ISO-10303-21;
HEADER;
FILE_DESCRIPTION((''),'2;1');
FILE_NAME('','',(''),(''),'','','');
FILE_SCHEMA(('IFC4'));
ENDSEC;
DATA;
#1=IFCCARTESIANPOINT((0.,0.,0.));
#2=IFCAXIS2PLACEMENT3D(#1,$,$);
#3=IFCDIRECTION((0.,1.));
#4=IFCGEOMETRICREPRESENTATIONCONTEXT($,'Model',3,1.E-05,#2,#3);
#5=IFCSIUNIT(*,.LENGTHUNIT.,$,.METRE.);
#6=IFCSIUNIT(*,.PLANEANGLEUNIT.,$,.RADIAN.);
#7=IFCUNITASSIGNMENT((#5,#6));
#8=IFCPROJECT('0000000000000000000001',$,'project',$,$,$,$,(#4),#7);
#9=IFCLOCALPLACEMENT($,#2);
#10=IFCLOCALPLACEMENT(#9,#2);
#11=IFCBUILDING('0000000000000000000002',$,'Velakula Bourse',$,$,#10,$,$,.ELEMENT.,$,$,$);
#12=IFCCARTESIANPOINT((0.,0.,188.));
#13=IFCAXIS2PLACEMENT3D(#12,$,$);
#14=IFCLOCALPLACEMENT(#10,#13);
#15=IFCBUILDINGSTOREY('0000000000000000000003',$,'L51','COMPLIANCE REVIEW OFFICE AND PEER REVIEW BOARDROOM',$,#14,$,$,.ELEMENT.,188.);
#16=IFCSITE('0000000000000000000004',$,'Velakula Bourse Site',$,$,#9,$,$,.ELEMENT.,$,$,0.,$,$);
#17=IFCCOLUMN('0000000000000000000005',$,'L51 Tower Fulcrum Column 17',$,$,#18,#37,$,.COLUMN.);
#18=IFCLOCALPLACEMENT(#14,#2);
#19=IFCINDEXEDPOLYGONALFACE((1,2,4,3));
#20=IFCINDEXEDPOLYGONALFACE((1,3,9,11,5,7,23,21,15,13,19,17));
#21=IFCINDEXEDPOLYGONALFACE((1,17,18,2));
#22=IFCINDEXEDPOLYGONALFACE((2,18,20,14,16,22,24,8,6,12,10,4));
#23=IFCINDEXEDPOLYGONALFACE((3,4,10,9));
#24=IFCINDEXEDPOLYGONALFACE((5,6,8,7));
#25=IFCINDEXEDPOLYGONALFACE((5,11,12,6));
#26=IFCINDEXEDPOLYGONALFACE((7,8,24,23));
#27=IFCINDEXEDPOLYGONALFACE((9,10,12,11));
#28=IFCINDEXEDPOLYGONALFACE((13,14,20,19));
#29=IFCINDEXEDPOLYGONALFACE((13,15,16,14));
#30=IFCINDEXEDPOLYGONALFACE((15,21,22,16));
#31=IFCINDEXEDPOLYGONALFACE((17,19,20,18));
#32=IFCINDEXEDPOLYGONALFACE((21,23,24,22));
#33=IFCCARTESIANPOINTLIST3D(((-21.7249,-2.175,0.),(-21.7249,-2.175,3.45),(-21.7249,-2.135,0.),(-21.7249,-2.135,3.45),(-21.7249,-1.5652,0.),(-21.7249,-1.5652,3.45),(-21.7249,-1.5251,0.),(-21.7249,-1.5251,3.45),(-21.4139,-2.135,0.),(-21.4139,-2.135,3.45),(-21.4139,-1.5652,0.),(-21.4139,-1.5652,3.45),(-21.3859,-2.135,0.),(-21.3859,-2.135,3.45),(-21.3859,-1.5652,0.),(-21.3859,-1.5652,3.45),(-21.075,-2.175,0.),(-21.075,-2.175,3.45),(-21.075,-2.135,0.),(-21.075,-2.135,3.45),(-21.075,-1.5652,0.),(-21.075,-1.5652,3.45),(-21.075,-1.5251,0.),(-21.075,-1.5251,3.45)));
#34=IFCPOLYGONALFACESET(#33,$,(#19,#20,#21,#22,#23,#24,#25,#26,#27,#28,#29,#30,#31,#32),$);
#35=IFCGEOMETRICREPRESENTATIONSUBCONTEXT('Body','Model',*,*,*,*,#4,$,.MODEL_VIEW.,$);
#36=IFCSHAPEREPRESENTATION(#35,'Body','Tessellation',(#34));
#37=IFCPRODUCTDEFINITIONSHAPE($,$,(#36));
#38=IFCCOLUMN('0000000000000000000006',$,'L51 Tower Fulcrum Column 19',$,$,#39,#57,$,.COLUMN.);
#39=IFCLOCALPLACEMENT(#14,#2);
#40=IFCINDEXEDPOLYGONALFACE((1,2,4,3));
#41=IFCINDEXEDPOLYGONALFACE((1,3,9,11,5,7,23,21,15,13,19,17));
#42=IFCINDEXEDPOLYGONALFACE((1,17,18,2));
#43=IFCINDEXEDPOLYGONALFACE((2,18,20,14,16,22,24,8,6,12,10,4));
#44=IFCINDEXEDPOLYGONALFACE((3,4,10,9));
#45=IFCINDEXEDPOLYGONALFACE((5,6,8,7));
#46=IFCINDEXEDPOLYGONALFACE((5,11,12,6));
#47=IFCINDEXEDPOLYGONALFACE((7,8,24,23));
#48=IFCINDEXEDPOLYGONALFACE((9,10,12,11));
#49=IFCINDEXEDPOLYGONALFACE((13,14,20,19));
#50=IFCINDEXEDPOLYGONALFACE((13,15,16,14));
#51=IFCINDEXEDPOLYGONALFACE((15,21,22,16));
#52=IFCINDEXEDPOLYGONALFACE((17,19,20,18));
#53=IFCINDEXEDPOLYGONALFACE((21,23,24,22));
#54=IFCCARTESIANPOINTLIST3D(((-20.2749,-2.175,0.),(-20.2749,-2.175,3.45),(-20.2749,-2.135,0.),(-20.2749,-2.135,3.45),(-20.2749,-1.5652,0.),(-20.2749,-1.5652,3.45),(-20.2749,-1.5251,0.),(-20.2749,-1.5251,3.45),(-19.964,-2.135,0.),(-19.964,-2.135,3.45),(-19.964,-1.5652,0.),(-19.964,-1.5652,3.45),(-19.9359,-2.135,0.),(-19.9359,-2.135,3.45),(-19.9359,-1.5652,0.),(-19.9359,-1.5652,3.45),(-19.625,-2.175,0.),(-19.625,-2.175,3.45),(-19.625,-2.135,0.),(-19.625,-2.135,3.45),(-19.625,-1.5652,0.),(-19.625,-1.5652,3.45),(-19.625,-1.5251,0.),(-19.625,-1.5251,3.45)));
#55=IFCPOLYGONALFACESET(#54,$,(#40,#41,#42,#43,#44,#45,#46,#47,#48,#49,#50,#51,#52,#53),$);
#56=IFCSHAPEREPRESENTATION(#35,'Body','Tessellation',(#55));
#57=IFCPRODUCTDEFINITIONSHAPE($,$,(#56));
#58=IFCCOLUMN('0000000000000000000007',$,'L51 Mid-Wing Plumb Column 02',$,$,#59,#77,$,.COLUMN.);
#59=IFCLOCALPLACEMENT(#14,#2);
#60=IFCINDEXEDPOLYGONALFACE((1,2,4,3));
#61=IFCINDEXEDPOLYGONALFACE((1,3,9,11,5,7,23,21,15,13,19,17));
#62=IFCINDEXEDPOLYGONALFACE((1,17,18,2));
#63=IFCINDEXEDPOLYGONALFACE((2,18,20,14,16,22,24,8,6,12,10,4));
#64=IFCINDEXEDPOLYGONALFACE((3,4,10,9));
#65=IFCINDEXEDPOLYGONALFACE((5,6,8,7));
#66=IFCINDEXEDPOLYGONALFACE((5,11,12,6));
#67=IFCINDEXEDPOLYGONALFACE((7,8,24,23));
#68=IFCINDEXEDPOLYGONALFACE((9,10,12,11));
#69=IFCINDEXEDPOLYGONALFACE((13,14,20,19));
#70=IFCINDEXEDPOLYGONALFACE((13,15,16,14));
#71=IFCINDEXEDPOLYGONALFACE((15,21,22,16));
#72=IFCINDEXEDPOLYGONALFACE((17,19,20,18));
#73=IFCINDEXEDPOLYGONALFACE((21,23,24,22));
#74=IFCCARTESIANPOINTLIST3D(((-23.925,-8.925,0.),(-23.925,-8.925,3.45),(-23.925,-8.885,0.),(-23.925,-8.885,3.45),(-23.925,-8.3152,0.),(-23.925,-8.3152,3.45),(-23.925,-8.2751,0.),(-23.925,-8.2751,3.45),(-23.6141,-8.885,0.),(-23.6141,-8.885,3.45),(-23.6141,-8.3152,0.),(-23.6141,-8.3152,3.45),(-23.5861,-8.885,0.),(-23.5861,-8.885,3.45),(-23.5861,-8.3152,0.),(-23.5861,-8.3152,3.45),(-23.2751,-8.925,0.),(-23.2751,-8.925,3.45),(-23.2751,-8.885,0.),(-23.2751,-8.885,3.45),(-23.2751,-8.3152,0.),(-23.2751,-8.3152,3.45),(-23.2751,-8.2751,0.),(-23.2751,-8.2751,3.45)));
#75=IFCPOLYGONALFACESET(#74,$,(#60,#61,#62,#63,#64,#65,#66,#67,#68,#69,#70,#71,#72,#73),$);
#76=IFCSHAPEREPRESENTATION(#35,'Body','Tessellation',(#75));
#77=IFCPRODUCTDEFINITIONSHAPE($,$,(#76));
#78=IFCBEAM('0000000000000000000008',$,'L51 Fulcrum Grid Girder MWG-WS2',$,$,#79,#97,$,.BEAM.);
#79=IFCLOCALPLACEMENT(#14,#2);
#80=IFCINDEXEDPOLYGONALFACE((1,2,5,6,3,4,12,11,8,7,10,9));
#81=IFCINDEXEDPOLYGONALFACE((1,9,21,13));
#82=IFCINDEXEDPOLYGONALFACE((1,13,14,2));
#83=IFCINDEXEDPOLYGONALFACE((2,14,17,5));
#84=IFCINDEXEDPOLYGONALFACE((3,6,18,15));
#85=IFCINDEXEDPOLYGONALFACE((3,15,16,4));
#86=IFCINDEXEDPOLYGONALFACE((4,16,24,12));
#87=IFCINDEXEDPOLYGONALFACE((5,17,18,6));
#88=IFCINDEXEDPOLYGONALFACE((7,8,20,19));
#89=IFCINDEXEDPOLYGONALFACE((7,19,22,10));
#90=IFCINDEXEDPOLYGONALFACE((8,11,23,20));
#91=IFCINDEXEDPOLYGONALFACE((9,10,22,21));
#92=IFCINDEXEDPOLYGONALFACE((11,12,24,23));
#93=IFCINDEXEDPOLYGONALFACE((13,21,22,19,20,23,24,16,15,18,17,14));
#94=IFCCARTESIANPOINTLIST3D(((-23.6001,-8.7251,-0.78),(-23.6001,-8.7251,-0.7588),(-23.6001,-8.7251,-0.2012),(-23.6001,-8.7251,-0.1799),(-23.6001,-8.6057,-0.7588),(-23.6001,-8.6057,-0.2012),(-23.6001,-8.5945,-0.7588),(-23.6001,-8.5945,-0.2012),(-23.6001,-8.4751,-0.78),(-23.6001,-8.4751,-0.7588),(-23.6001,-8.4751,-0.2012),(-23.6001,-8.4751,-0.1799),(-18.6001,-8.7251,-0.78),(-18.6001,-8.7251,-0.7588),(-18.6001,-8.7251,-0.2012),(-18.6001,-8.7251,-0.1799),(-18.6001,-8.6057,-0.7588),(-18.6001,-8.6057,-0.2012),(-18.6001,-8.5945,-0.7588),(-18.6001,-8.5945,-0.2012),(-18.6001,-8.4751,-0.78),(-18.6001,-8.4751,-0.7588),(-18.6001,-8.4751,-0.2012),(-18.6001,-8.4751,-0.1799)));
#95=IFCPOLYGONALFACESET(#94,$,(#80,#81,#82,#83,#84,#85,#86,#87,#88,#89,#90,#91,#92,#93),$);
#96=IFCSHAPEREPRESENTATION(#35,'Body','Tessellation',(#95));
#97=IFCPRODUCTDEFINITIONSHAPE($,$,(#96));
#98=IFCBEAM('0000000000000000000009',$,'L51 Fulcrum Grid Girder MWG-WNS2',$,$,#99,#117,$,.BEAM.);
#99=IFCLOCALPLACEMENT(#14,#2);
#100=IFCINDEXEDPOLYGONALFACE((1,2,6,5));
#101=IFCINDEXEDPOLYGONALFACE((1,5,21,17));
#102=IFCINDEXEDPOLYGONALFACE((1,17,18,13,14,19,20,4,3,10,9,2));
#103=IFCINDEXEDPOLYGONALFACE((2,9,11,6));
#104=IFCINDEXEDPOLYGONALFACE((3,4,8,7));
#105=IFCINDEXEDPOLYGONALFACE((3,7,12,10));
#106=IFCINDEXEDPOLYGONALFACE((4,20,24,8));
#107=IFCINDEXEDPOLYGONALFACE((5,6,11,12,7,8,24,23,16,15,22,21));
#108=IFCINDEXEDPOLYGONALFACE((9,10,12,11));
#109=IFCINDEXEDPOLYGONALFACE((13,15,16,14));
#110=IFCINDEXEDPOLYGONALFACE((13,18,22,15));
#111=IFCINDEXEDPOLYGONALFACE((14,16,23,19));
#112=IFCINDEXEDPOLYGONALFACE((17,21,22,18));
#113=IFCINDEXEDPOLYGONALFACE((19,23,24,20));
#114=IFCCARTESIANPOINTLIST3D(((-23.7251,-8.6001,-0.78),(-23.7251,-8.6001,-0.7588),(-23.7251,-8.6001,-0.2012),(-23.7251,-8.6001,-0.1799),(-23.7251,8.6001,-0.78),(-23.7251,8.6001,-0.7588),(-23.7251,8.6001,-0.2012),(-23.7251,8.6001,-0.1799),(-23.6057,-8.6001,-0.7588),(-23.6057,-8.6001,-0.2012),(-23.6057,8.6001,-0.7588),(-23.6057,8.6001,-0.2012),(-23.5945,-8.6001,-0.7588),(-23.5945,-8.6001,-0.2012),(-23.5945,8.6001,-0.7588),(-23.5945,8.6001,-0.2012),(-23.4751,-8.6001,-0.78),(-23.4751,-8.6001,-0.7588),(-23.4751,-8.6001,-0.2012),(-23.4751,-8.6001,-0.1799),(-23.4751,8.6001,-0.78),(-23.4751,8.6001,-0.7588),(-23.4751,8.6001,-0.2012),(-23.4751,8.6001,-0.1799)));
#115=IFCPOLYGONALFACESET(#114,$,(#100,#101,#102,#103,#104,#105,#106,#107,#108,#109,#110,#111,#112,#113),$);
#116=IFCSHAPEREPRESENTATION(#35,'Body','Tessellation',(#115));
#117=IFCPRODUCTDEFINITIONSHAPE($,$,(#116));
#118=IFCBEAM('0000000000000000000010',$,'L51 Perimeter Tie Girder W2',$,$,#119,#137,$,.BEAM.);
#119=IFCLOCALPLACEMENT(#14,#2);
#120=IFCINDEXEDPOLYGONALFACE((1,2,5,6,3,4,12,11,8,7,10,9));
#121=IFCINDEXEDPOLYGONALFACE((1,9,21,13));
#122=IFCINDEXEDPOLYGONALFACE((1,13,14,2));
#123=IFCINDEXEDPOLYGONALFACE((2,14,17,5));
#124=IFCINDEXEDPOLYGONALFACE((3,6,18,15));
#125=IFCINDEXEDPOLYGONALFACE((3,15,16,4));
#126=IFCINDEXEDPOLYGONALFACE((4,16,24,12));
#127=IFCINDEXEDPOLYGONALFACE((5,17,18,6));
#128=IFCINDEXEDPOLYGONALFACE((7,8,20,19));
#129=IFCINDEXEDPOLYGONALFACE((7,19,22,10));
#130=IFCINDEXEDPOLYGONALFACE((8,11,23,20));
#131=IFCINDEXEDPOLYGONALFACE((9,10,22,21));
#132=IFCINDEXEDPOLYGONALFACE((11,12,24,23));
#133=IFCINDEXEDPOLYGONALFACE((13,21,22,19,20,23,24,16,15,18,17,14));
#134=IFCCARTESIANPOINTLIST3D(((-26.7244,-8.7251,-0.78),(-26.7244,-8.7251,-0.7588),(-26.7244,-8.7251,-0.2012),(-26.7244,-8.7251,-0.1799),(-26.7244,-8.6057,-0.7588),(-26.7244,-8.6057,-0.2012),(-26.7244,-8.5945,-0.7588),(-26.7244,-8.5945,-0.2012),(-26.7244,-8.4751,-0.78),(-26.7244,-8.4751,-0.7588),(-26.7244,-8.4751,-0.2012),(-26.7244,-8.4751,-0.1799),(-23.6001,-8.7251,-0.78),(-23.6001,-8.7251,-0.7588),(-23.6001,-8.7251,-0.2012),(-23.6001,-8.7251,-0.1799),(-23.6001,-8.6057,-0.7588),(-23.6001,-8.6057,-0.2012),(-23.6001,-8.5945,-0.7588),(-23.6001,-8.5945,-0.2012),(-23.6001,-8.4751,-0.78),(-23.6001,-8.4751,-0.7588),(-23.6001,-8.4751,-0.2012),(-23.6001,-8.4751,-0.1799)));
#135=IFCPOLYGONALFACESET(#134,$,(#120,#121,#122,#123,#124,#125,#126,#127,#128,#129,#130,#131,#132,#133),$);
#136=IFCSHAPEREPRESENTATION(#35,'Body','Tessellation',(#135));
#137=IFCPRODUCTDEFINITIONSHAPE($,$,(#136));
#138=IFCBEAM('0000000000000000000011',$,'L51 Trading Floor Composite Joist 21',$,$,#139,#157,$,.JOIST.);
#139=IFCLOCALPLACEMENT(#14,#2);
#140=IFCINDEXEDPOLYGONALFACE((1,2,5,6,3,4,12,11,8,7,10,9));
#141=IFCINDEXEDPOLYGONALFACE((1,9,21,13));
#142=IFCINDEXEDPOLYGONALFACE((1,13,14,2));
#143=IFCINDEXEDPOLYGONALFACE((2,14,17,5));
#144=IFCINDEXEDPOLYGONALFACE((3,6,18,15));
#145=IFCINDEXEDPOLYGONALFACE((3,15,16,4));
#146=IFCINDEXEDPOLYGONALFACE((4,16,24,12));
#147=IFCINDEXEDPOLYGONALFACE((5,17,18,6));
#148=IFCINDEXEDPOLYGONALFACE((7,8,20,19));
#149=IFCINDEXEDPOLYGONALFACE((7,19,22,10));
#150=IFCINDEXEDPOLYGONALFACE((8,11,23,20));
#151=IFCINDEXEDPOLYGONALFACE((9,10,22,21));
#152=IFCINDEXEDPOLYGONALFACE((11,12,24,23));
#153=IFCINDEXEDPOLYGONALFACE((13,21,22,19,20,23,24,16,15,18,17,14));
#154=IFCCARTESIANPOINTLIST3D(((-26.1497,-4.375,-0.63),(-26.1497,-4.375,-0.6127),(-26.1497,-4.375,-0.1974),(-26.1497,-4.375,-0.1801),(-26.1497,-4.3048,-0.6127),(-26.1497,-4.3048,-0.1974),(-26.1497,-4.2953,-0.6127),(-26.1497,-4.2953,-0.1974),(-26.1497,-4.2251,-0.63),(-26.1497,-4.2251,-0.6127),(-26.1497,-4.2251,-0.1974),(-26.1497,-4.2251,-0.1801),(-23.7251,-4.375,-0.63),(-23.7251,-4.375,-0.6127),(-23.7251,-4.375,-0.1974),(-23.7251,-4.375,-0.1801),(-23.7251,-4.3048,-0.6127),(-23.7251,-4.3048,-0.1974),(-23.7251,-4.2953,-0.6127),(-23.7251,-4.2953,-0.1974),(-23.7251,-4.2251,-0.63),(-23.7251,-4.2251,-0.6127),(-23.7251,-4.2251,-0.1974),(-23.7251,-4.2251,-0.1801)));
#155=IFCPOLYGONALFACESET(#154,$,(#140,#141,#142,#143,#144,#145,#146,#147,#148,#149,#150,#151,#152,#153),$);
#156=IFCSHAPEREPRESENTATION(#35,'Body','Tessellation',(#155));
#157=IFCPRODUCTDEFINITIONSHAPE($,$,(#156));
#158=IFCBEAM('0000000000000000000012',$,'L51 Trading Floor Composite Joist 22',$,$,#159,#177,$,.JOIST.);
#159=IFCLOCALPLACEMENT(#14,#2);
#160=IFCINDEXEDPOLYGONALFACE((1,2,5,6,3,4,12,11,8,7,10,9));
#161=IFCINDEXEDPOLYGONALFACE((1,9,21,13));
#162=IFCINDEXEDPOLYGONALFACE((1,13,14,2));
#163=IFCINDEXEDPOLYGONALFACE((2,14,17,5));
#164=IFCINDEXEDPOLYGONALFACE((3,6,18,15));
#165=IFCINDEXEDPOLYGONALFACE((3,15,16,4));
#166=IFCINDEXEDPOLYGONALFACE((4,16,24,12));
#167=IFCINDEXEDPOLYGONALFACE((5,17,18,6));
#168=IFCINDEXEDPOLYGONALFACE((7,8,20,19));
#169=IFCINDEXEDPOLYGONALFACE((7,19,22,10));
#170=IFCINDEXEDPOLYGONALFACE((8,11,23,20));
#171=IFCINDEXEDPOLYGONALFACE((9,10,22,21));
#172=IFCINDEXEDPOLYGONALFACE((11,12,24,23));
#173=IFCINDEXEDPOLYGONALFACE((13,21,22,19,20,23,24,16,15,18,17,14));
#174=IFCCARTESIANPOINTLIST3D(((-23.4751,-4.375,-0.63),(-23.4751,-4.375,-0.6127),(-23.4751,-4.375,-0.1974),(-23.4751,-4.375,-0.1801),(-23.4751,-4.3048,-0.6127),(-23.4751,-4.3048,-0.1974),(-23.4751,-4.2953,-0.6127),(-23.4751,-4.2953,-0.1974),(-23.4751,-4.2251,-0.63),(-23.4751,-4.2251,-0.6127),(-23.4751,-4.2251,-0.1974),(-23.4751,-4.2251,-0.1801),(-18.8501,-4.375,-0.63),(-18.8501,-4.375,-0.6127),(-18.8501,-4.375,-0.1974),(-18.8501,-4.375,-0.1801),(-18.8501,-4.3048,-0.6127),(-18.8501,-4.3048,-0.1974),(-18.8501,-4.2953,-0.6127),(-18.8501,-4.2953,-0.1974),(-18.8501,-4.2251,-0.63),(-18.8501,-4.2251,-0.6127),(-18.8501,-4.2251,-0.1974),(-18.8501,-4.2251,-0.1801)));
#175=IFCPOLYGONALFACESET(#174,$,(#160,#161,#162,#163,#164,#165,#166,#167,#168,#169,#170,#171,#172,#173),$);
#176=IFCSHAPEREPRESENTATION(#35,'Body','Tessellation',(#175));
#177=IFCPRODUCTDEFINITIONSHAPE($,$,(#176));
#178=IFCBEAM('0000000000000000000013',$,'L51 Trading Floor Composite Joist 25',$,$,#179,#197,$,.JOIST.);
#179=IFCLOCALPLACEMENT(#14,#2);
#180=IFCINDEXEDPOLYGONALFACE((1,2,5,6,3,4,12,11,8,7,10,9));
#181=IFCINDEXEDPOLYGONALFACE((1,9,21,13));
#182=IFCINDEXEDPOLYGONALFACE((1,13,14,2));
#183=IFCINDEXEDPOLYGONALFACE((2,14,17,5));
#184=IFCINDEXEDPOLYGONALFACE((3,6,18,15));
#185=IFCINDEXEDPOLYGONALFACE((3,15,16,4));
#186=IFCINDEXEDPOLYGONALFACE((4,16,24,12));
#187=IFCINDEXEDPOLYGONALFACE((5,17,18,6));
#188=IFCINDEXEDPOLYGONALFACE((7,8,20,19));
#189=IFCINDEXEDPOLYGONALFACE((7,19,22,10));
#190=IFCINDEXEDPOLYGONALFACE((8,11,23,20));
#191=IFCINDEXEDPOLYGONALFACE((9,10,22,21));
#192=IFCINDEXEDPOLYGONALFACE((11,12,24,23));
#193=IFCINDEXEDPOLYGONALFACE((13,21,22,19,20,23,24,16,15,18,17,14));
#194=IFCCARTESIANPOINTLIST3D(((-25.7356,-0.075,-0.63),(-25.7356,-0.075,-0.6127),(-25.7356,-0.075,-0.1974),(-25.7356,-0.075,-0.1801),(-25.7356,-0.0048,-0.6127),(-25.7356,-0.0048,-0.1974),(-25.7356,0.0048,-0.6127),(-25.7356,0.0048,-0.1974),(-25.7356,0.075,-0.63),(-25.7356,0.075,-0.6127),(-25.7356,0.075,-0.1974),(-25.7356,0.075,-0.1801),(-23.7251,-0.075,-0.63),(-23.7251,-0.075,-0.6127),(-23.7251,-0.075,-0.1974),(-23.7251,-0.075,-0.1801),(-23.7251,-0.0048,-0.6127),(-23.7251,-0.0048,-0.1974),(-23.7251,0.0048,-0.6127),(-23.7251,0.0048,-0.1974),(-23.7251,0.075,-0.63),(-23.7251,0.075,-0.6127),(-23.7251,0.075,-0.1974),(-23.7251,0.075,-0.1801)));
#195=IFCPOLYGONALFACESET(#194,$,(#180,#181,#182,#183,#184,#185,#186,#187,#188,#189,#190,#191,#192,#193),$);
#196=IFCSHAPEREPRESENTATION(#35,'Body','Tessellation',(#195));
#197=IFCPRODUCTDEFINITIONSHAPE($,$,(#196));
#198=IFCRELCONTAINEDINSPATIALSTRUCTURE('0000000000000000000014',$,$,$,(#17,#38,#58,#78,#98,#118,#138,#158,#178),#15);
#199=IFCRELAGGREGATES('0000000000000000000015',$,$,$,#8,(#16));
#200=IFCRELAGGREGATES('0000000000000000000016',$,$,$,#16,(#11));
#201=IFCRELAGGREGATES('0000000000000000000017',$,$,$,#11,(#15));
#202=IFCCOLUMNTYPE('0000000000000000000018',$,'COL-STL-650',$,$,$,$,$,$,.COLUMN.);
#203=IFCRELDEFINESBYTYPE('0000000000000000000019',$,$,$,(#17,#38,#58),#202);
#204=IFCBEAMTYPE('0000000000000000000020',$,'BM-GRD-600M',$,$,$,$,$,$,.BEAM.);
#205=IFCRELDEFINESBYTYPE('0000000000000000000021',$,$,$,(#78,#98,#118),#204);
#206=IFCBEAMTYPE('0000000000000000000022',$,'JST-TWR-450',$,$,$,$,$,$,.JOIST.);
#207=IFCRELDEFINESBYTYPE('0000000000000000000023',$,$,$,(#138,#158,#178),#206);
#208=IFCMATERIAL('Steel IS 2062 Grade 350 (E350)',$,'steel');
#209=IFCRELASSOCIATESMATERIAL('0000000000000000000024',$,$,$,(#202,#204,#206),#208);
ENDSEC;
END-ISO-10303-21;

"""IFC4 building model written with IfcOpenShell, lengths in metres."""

from ifc_helpers import new_model, si_unit, direction, frame, origin, origin_2d, place, context, subcontext, project, spatial, i_section, extrude, material, material_profile, profile_set, type_object, element, save


model = new_model("IFC4")

# Units and contexts
model_context = context("Model", 3, precision=1e-05, world=origin(), true_north=direction((0.0, 1.0)))
body_context = subcontext(model_context, "Body", "Model", "MODEL_VIEW")
ifc_project = project(units=[si_unit("LENGTHUNIT", "METRE"), si_unit("PLANEANGLEUNIT", "RADIAN")], contexts=[model_context])

# Site, building, storey
site_placement = place(None, origin())
site = spatial("IfcSite", under=ifc_project, at=site_placement, Name="Velakula Bourse Site", CompositionType="ELEMENT", RefElevation=0.0)
building_placement = place(site_placement, origin())
building = spatial("IfcBuilding", under=site, at=building_placement, Name="Velakula Bourse", CompositionType="ELEMENT")
storey_placement = place(building_placement, frame((0.0, 0.0, 188.0)))
storey = spatial("IfcBuildingStorey", under=building, at=storey_placement, Name="L51", Description="COMPLIANCE REVIEW OFFICE AND PEER REVIEW BOARDROOM", CompositionType="ELEMENT", Elevation=188.0)

# Columns
ifc_material_1 = material(Name="Steel IS 2062 Grade 350 (E350)", Category="steel")
ifc_material_profile_1 = material_profile(ifc_material_1, i_section(OverallWidth=0.6499, OverallDepth=0.6499, WebThickness=0.0281, FlangeThickness=0.04, at=origin_2d()), Name="Steel IS 2062 Grade 350 (E350)")
ifc_profile_set_1 = profile_set([ifc_material_profile_1], Name="Steel IS 2062 Grade 350 (E350)")
column_type = type_object("IfcColumnType", Name="COL-STL-650", PredefinedType="COLUMN", material=ifc_profile_set_1)
for number, where, z_axis, x_axis, name in (
    (1, (-21.3999, -1.8501, 0.0), (0.0, 0.0, 1.0), (1.0, 0.0, 0.0), "L51 Tower Fulcrum Column 17"),
    (2, (-19.95, -1.8501, 0.0), (0.0, 0.0, 1.0), (1.0, 0.0, 0.0), "L51 Tower Fulcrum Column 19"),
    (3, (-23.6001, -8.6001, 0.0), (0.0, 0.0, 1.0), (1.0, 0.0, 0.0), "L51 Mid-Wing Plumb Column 02"),
):
    element("IfcColumn", number, at=place(storey_placement, frame(where, z_axis=z_axis, x_axis=x_axis)), inside=storey, type_object=column_type, Name=name, PredefinedType="COLUMN", context=body_context, shape_type="SweptSolid", body=[
        extrude(i_section(OverallWidth=0.6499, OverallDepth=0.6499, WebThickness=0.0281, FlangeThickness=0.04, at=origin_2d()), origin(), (0.0, 0.0, 1.0), 3.45),
    ])

# Beams
ifc_material_profile_2 = material_profile(ifc_material_1, i_section(OverallWidth=0.25, OverallDepth=0.6001, WebThickness=0.0112, FlangeThickness=0.0212, at=origin_2d()), Name="Steel IS 2062 Grade 350 (E350)")
ifc_profile_set_2 = profile_set([ifc_material_profile_2], Name="Steel IS 2062 Grade 350 (E350)")
beam_type_1 = type_object("IfcBeamType", Name="BM-GRD-600M", PredefinedType="BEAM", material=ifc_profile_set_2)
beam_1_placement = place(storey_placement, frame((-23.6001, -8.6001, -0.48), z_axis=(1.0, 0.0, 0.0), x_axis=(0.0, 1.0, 0.0)))
element("IfcBeam", 4, at=beam_1_placement, inside=storey, type_object=beam_type_1, Name="L51 Fulcrum Grid Girder MWG-WS2", PredefinedType="BEAM", context=body_context, shape_type="SweptSolid", body=[
    extrude(i_section(OverallWidth=0.25, OverallDepth=0.6001, WebThickness=0.0112, FlangeThickness=0.0212, at=origin_2d()), origin(), (0.0, 0.0, 1.0), 5.0),
])
beam_2_placement = place(storey_placement, frame((-23.6001, -8.6001, -0.48), z_axis=(0.0, 1.0, 0.0), x_axis=(-1.0, 0.0, 0.0)))
element("IfcBeam", 5, at=beam_2_placement, inside=storey, type_object=beam_type_1, Name="L51 Fulcrum Grid Girder MWG-WNS2", PredefinedType="BEAM", context=body_context, shape_type="SweptSolid", body=[
    extrude(i_section(OverallWidth=0.25, OverallDepth=0.6001, WebThickness=0.0112, FlangeThickness=0.0212, at=origin_2d()), origin(), (0.0, 0.0, 1.0), 17.2002),
])
beam_3_placement = place(storey_placement, frame((-23.6001, -8.6001, -0.48), z_axis=(-1.0, 0.0, 0.0), x_axis=(0.0, -1.0, 0.0)))
element("IfcBeam", 6, at=beam_3_placement, inside=storey, type_object=beam_type_1, Name="L51 Perimeter Tie Girder W2", PredefinedType="BEAM", context=body_context, shape_type="SweptSolid", body=[
    extrude(i_section(OverallWidth=0.25, OverallDepth=0.6001, WebThickness=0.0112, FlangeThickness=0.0212, at=origin_2d()), origin(), (0.0, 0.0, 1.0), 3.1243),
])
ifc_material_profile_3 = material_profile(ifc_material_1, i_section(OverallWidth=0.1499, OverallDepth=0.45, WebThickness=0.0095, FlangeThickness=0.0173, at=origin_2d()), Name="Steel IS 2062 Grade 350 (E350)")
ifc_profile_set_3 = profile_set([ifc_material_profile_3], Name="Steel IS 2062 Grade 350 (E350)")
beam_type_2 = type_object("IfcBeamType", Name="JST-TWR-450", PredefinedType="JOIST", material=ifc_profile_set_3)
beam_4_placement = place(storey_placement, frame((-26.1497, -4.3, -0.405), z_axis=(1.0, 0.0, 0.0), x_axis=(0.0, 1.0, 0.0)))
element("IfcBeam", 7, at=beam_4_placement, inside=storey, type_object=beam_type_2, Name="L51 Trading Floor Composite Joist 21", PredefinedType="JOIST", context=body_context, shape_type="SweptSolid", body=[
    extrude(i_section(OverallWidth=0.1499, OverallDepth=0.45, WebThickness=0.0095, FlangeThickness=0.0173, at=origin_2d()), origin(), (0.0, 0.0, 1.0), 2.4246),
])
beam_5_placement = place(storey_placement, frame((-23.4751, -4.3, -0.405), z_axis=(1.0, 0.0, 0.0), x_axis=(0.0, 1.0, 0.0)))
element("IfcBeam", 8, at=beam_5_placement, inside=storey, type_object=beam_type_2, Name="L51 Trading Floor Composite Joist 22", PredefinedType="JOIST", context=body_context, shape_type="SweptSolid", body=[
    extrude(i_section(OverallWidth=0.1499, OverallDepth=0.45, WebThickness=0.0095, FlangeThickness=0.0173, at=origin_2d()), origin(), (0.0, 0.0, 1.0), 4.625),
])
beam_6_placement = place(storey_placement, frame((-25.7356, 0.0, -0.405), z_axis=(1.0, 0.0, 0.0), x_axis=(0.0, 1.0, 0.0)))
element("IfcBeam", 9, at=beam_6_placement, inside=storey, type_object=beam_type_2, Name="L51 Trading Floor Composite Joist 25", PredefinedType="JOIST", context=body_context, shape_type="SweptSolid", body=[
    extrude(i_section(OverallWidth=0.1499, OverallDepth=0.45, WebThickness=0.0095, FlangeThickness=0.0173, at=origin_2d()), origin(), (0.0, 0.0, 1.0), 2.0105),
])

save(model, "model.ifc")
